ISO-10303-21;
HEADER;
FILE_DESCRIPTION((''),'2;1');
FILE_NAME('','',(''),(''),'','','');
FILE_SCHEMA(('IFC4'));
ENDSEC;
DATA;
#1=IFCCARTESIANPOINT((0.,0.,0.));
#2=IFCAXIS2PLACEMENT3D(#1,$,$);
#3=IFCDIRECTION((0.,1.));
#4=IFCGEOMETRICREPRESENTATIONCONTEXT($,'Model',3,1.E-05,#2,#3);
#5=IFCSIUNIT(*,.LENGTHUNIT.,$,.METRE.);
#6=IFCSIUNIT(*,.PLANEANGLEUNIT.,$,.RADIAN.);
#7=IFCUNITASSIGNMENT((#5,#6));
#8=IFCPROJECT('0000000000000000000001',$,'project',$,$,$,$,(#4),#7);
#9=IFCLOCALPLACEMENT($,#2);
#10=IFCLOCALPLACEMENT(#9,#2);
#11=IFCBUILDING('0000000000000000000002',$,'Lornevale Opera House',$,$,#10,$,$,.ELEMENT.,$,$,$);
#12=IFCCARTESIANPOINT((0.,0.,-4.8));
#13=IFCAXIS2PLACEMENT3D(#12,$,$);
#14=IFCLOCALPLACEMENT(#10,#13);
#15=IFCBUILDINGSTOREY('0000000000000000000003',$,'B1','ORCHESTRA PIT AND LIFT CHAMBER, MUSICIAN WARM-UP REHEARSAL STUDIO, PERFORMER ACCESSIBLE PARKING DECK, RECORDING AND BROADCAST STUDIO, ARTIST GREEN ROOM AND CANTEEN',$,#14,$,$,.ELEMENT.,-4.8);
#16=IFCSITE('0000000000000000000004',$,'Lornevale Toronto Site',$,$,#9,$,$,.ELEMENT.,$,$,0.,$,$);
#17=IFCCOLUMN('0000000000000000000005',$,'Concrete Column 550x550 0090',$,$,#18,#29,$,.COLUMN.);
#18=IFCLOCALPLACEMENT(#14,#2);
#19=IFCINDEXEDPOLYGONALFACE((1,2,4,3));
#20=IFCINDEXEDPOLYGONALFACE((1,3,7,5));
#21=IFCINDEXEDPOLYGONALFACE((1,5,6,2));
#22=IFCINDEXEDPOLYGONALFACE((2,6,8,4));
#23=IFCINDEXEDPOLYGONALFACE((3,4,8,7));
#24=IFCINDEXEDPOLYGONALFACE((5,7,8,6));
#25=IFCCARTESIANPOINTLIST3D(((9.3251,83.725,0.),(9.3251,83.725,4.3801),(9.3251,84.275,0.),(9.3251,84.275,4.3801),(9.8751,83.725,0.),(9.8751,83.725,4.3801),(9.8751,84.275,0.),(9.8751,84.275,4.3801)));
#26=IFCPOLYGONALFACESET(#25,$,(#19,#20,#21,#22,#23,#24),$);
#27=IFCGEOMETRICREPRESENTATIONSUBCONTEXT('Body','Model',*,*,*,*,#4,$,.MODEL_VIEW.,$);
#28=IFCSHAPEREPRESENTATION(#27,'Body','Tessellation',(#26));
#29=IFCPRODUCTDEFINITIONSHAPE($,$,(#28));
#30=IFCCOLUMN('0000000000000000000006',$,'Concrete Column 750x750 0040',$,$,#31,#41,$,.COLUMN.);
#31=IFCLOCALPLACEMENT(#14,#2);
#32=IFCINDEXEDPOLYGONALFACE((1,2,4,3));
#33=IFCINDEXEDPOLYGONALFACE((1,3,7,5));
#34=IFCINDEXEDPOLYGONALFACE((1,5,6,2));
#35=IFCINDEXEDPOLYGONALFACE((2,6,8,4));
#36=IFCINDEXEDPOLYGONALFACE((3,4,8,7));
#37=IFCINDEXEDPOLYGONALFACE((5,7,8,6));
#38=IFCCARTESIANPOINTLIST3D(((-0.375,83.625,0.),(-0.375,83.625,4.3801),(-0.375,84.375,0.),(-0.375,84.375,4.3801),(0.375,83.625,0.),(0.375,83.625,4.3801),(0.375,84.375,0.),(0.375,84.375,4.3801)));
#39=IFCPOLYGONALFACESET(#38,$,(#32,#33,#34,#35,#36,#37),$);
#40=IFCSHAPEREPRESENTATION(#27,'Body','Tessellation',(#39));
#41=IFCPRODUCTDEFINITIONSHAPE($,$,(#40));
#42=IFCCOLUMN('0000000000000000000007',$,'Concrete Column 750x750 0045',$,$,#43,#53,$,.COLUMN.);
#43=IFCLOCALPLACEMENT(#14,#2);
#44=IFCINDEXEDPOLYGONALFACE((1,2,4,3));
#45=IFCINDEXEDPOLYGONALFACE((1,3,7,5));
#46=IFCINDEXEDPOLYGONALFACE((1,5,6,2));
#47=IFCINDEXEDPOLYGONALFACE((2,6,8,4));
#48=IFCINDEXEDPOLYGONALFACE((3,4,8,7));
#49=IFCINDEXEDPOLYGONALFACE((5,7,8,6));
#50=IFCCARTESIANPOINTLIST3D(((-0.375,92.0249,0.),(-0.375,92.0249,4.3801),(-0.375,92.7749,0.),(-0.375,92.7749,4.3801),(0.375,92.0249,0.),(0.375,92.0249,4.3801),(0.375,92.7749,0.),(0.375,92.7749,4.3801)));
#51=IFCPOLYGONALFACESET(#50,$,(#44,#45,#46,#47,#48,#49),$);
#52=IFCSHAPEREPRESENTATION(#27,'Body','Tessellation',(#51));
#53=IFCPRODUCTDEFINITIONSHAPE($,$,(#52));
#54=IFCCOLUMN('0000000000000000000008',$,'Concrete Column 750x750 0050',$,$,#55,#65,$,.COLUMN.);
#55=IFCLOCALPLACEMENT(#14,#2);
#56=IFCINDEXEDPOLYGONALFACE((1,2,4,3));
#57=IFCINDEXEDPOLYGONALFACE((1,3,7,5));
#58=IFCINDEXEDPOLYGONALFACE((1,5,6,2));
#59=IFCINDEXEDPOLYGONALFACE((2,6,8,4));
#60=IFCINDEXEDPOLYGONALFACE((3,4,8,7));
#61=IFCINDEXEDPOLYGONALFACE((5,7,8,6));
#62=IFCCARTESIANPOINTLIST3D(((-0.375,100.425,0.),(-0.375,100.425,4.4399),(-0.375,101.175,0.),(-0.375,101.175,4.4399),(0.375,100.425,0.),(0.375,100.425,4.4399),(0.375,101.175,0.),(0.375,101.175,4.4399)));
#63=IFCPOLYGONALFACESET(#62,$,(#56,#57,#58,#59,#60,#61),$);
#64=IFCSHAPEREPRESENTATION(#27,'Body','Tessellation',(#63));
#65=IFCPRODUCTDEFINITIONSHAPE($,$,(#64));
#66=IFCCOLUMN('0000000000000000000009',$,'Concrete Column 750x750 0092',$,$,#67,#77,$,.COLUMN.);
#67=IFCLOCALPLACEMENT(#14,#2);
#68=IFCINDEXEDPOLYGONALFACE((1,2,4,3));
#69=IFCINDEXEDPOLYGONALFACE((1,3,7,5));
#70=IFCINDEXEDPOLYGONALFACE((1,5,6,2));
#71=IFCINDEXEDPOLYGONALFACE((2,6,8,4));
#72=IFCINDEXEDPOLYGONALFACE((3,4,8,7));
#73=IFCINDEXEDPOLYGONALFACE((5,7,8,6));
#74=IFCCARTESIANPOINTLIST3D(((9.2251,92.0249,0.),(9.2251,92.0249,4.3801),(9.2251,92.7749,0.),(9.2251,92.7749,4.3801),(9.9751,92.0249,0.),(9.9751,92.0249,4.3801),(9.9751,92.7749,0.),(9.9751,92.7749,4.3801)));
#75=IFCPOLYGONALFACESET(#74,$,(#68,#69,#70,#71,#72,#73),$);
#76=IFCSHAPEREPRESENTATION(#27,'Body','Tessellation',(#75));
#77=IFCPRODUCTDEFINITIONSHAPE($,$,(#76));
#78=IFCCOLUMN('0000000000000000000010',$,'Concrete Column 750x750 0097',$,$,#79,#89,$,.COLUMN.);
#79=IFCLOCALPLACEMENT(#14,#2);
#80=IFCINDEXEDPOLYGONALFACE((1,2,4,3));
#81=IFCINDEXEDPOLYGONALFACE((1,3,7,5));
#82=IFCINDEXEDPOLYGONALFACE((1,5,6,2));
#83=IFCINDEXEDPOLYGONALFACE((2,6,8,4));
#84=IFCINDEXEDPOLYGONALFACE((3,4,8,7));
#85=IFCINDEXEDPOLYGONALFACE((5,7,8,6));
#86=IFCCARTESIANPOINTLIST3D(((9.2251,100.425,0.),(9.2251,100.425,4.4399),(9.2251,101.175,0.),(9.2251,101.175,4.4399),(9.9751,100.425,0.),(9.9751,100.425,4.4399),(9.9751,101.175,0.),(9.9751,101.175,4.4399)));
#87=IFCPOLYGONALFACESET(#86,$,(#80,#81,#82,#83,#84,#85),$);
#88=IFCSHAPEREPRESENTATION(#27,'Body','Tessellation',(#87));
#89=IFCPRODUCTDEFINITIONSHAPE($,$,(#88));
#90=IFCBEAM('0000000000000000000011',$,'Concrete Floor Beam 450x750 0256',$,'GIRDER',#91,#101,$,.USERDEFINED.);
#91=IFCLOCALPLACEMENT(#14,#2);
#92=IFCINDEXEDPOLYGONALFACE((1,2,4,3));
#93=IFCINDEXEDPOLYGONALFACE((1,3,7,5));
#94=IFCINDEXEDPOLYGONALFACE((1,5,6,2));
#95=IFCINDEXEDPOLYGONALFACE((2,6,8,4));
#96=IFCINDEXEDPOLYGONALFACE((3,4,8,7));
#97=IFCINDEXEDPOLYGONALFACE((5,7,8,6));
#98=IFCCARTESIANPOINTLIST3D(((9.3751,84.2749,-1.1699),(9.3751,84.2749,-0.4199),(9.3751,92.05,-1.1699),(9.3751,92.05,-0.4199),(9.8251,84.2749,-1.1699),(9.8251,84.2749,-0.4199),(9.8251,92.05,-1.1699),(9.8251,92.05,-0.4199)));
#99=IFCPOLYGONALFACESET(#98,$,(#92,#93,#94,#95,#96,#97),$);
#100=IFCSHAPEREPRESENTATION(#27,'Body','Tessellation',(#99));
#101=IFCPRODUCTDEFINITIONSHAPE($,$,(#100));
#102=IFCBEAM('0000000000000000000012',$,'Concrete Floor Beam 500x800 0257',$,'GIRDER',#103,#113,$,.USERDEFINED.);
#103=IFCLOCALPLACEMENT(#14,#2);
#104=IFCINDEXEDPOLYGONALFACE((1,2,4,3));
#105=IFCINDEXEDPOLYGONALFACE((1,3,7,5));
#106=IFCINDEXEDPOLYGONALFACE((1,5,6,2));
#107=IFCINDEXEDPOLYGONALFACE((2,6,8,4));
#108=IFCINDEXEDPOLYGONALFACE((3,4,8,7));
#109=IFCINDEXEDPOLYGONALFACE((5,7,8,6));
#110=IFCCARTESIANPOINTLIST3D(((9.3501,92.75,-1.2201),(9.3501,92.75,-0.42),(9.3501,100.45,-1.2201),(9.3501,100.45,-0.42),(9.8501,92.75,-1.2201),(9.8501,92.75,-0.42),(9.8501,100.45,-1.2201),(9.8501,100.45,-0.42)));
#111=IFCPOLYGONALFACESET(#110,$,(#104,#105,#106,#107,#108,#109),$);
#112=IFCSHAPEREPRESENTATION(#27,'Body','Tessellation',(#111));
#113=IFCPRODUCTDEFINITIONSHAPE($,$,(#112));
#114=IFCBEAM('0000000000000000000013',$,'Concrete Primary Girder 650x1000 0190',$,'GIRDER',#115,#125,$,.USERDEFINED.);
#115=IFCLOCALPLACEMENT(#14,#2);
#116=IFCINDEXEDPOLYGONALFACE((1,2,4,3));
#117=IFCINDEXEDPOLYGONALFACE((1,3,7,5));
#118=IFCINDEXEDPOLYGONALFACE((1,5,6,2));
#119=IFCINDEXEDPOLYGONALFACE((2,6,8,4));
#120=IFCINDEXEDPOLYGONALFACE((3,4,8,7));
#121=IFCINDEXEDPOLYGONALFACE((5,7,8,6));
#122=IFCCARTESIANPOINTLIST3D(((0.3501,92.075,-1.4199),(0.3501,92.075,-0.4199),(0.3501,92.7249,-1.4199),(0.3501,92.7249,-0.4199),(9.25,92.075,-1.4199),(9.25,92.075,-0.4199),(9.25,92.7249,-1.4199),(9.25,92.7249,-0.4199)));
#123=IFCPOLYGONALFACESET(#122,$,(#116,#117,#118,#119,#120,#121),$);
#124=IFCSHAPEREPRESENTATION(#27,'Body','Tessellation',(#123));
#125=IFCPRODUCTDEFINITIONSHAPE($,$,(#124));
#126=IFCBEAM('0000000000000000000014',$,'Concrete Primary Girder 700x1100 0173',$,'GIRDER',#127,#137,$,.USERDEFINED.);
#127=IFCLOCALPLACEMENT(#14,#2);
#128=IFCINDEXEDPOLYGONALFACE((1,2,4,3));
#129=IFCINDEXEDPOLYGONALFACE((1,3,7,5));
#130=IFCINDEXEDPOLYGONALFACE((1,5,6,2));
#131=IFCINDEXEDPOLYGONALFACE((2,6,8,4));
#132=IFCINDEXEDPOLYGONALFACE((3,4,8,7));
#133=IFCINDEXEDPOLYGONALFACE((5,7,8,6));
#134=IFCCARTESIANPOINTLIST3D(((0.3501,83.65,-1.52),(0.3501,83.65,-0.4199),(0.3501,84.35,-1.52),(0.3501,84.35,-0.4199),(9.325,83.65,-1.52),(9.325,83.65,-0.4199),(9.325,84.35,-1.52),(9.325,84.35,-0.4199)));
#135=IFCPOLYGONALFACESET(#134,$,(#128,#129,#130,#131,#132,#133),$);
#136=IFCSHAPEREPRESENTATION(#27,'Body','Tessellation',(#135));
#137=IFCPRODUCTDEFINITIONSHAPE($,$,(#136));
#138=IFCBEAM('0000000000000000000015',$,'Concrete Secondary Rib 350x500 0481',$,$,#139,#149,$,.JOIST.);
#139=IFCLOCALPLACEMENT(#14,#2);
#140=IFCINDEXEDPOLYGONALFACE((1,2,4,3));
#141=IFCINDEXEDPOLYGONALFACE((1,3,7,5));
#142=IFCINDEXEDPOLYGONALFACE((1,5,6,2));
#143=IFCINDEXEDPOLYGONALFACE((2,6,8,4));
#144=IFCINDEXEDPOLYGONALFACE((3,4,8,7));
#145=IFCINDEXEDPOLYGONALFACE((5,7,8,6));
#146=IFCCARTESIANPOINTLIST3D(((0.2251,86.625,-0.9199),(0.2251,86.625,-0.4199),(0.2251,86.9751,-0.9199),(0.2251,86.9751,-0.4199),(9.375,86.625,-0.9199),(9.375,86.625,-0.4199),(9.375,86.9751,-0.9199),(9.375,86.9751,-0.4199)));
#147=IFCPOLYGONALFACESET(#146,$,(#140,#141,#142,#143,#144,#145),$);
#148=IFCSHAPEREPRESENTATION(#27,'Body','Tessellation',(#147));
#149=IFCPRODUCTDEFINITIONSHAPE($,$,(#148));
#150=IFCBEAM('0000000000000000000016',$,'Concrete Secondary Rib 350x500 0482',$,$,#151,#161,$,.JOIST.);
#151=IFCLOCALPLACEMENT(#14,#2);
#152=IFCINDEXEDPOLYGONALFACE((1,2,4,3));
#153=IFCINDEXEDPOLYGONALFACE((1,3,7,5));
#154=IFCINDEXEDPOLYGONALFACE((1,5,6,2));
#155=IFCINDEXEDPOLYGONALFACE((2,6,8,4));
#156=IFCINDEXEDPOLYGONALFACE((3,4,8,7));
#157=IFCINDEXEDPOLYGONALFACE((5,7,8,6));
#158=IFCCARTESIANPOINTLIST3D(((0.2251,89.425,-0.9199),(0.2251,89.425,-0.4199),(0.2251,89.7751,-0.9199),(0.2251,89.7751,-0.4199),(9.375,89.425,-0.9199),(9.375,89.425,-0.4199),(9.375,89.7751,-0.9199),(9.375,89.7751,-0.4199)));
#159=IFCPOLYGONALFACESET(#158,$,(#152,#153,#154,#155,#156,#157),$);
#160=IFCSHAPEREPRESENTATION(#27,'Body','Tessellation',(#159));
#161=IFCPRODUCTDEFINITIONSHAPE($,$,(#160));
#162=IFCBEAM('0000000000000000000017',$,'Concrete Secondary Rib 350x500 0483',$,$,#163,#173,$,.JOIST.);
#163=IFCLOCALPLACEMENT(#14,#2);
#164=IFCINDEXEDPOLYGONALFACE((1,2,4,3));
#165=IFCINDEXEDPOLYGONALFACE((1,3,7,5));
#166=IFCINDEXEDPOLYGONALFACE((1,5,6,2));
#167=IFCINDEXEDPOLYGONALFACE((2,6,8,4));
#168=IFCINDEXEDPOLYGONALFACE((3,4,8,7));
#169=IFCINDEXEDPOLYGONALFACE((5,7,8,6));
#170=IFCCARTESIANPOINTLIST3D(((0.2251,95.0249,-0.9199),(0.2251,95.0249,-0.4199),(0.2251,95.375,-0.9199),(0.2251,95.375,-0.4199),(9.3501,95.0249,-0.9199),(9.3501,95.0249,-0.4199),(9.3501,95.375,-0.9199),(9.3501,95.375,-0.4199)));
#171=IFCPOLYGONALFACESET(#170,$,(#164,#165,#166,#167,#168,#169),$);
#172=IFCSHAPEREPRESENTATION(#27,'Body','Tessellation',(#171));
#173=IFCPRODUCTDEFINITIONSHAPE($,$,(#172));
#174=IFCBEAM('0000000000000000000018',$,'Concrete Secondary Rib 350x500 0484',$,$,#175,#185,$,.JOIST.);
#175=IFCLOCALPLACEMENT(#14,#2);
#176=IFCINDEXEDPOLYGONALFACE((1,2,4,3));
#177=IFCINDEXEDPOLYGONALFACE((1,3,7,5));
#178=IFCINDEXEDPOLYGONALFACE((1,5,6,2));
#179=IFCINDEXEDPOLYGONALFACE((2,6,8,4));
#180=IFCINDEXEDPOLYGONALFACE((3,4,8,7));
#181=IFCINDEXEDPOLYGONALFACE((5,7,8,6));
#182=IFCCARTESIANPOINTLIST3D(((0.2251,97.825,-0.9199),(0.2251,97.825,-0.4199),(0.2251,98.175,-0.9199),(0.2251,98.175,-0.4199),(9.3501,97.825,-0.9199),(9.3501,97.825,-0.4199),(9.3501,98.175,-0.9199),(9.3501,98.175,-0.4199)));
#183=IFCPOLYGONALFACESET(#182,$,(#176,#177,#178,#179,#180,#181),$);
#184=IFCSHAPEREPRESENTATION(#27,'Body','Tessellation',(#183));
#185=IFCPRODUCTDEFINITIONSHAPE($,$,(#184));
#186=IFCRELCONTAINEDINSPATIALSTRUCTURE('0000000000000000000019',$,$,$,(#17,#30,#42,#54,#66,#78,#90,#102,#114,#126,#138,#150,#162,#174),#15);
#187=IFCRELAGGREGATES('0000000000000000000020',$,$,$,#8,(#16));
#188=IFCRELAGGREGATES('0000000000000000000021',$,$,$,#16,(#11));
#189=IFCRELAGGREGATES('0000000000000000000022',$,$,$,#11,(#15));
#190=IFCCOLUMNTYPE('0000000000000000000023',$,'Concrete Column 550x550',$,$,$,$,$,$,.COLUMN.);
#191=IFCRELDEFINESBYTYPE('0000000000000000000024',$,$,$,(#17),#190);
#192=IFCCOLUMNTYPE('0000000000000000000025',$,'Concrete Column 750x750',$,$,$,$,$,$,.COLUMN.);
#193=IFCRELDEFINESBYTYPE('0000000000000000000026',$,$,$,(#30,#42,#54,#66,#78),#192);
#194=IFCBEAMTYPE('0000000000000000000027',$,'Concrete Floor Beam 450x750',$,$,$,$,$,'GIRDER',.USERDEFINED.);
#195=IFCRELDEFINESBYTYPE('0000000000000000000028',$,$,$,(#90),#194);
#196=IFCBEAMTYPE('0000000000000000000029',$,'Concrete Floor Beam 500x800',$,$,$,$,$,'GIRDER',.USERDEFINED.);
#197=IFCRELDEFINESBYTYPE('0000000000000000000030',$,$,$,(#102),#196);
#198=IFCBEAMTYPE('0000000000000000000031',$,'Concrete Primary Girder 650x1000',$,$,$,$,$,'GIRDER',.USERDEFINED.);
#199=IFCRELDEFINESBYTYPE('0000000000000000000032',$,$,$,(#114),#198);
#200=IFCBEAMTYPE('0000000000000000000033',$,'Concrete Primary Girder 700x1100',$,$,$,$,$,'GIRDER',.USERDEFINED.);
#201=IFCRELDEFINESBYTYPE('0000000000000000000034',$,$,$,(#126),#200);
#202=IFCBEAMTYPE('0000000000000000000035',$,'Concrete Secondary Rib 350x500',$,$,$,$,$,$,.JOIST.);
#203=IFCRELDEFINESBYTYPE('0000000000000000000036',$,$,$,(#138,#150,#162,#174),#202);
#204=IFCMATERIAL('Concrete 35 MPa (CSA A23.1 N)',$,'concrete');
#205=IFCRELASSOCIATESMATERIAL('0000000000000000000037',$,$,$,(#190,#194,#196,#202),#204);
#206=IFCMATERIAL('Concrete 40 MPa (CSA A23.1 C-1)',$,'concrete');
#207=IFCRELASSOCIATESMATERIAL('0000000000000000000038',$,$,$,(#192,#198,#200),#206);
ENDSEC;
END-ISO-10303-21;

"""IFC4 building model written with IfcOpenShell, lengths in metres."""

from ifc_helpers import new_model, si_unit, direction, frame, origin, origin_2d, place, context, subcontext, project, spatial, rectangle, extrude, material, material_profile, profile_set, type_object, element, save


model = new_model("IFC4")

# Units and contexts
model_context = context("Model", 3, precision=1e-05, world=origin(), true_north=direction((0.0, 1.0)))
body_context = subcontext(model_context, "Body", "Model", "MODEL_VIEW")
ifc_project = project(units=[si_unit("LENGTHUNIT", "METRE"), si_unit("PLANEANGLEUNIT", "RADIAN")], contexts=[model_context])

# Site, building, storey
site_placement = place(None, origin())
site = spatial("IfcSite", under=ifc_project, at=site_placement, Name="Lornevale Toronto Site", CompositionType="ELEMENT", RefElevation=0.0)
building_placement = place(site_placement, origin())
building = spatial("IfcBuilding", under=site, at=building_placement, Name="Lornevale Opera House", CompositionType="ELEMENT")
storey_placement = place(building_placement, frame((0.0, 0.0, -4.8)))
storey = spatial("IfcBuildingStorey", under=building, at=storey_placement, Name="B1", Description="ORCHESTRA PIT AND LIFT CHAMBER, MUSICIAN WARM-UP REHEARSAL STUDIO, PERFORMER ACCESSIBLE PARKING DECK, RECORDING AND BROADCAST STUDIO, ARTIST GREEN ROOM AND CANTEEN", CompositionType="ELEMENT", Elevation=-4.8)

# Columns
ifc_material_1 = material(Name="Concrete 35 MPa (CSA A23.1 N)", Category="concrete")
ifc_material_profile_1 = material_profile(ifc_material_1, rectangle(XDim=0.55, YDim=0.55, at=origin_2d()), Name="RC550x550")
ifc_profile_set_1 = profile_set([ifc_material_profile_1], Name="Concrete 35 MPa (CSA A23.1 N)")
column_type_1 = type_object("IfcColumnType", Name="Concrete Column 550x550", PredefinedType="COLUMN", material=ifc_profile_set_1)
column_1_placement = place(storey_placement, frame((9.6001, 84.0, 0.0), z_axis=(0.0, 0.0, 1.0), x_axis=(1.0, 0.0, 0.0)))
element("IfcColumn", 1, at=column_1_placement, inside=storey, type_object=column_type_1, Name="Concrete Column 550x550 0090", PredefinedType="COLUMN", context=body_context, shape_type="SweptSolid", body=[
    extrude(rectangle(XDim=0.55, YDim=0.55, at=origin_2d()), origin(), (0.0, 0.0, 1.0), 4.3801),
])
ifc_material_2 = material(Name="Concrete 40 MPa (CSA A23.1 C-1)", Category="concrete")
ifc_material_profile_2 = material_profile(ifc_material_2, rectangle(XDim=0.75, YDim=0.75, at=origin_2d()), Name="RC750x750")
ifc_profile_set_2 = profile_set([ifc_material_profile_2], Name="Concrete 40 MPa (CSA A23.1 C-1)")
column_type_2 = type_object("IfcColumnType", Name="Concrete Column 750x750", PredefinedType="COLUMN", material=ifc_profile_set_2)
for number, where, z_axis, x_axis, name in (
    (2, (0.0, 84.0, 0.0), (0.0, 0.0, 1.0), (1.0, 0.0, 0.0), "Concrete Column 750x750 0040"),
    (3, (0.0, 92.3999, 0.0), (0.0, 0.0, 1.0), (1.0, 0.0, 0.0), "Concrete Column 750x750 0045"),
):
    element("IfcColumn", number, at=place(storey_placement, frame(where, z_axis=z_axis, x_axis=x_axis)), inside=storey, type_object=column_type_2, Name=name, PredefinedType="COLUMN", context=body_context, shape_type="SweptSolid", body=[
        extrude(rectangle(XDim=0.75, YDim=0.75, at=origin_2d()), origin(), (0.0, 0.0, 1.0), 4.3801),
    ])
column_2_placement = place(storey_placement, frame((0.0, 100.8, 0.0), z_axis=(0.0, 0.0, 1.0), x_axis=(1.0, 0.0, 0.0)))
element("IfcColumn", 4, at=column_2_placement, inside=storey, type_object=column_type_2, Name="Concrete Column 750x750 0050", PredefinedType="COLUMN", context=body_context, shape_type="SweptSolid", body=[
    extrude(rectangle(XDim=0.75, YDim=0.75, at=origin_2d()), origin(), (0.0, 0.0, 1.0), 4.4399),
])
column_3_placement = place(storey_placement, frame((9.6001, 92.3999, 0.0), z_axis=(0.0, 0.0, 1.0), x_axis=(1.0, 0.0, 0.0)))
element("IfcColumn", 5, at=column_3_placement, inside=storey, type_object=column_type_2, Name="Concrete Column 750x750 0092", PredefinedType="COLUMN", context=body_context, shape_type="SweptSolid", body=[
    extrude(rectangle(XDim=0.75, YDim=0.75, at=origin_2d()), origin(), (0.0, 0.0, 1.0), 4.3801),
])
column_4_placement = place(storey_placement, frame((9.6001, 100.8, 0.0), z_axis=(0.0, 0.0, 1.0), x_axis=(1.0, 0.0, 0.0)))
element("IfcColumn", 6, at=column_4_placement, inside=storey, type_object=column_type_2, Name="Concrete Column 750x750 0097", PredefinedType="COLUMN", context=body_context, shape_type="SweptSolid", body=[
    extrude(rectangle(XDim=0.75, YDim=0.75, at=origin_2d()), origin(), (0.0, 0.0, 1.0), 4.4399),
])

# Beams
ifc_material_profile_3 = material_profile(ifc_material_1, rectangle(XDim=0.45, YDim=0.75, at=origin_2d()), Name="RC450x750")
ifc_profile_set_3 = profile_set([ifc_material_profile_3], Name="Concrete 35 MPa (CSA A23.1 N)")
beam_type_1 = type_object("IfcBeamType", Name="Concrete Floor Beam 450x750", ElementType="GIRDER", PredefinedType="USERDEFINED", material=ifc_profile_set_3)
beam_1_placement = place(storey_placement, frame((9.6001, 84.2749, -0.7949), z_axis=(0.0, 1.0, 0.0), x_axis=(-1.0, 0.0, 0.0)))
element("IfcBeam", 7, at=beam_1_placement, inside=storey, type_object=beam_type_1, Name="Concrete Floor Beam 450x750 0256", ObjectType="GIRDER", PredefinedType="USERDEFINED", context=body_context, shape_type="SweptSolid", body=[
    extrude(rectangle(XDim=0.45, YDim=0.75, at=origin_2d()), origin(), (0.0, 0.0, 1.0), 7.7751),
])
ifc_material_profile_4 = material_profile(ifc_material_1, rectangle(XDim=0.5, YDim=0.8, at=origin_2d()), Name="RC500x800")
ifc_profile_set_4 = profile_set([ifc_material_profile_4], Name="Concrete 35 MPa (CSA A23.1 N)")
beam_type_2 = type_object("IfcBeamType", Name="Concrete Floor Beam 500x800", ElementType="GIRDER", PredefinedType="USERDEFINED", material=ifc_profile_set_4)
beam_2_placement = place(storey_placement, frame((9.6001, 92.75, -0.8201), z_axis=(0.0, 1.0, 0.0), x_axis=(-1.0, 0.0, 0.0)))
element("IfcBeam", 8, at=beam_2_placement, inside=storey, type_object=beam_type_2, Name="Concrete Floor Beam 500x800 0257", ObjectType="GIRDER", PredefinedType="USERDEFINED", context=body_context, shape_type="SweptSolid", body=[
    extrude(rectangle(XDim=0.5, YDim=0.8, at=origin_2d()), origin(), (0.0, 0.0, 1.0), 7.7),
])
ifc_material_profile_5 = material_profile(ifc_material_2, rectangle(XDim=0.6499, YDim=1.0, at=origin_2d()), Name="RC650x1000")
ifc_profile_set_5 = profile_set([ifc_material_profile_5], Name="Concrete 40 MPa (CSA A23.1 C-1)")
beam_type_3 = type_object("IfcBeamType", Name="Concrete Primary Girder 650x1000", ElementType="GIRDER", PredefinedType="USERDEFINED", material=ifc_profile_set_5)
beam_3_placement = place(storey_placement, frame((0.3501, 92.3999, -0.9199), z_axis=(1.0, 0.0, 0.0), x_axis=(0.0, 1.0, 0.0)))
element("IfcBeam", 9, at=beam_3_placement, inside=storey, type_object=beam_type_3, Name="Concrete Primary Girder 650x1000 0190", ObjectType="GIRDER", PredefinedType="USERDEFINED", context=body_context, shape_type="SweptSolid", body=[
    extrude(rectangle(XDim=0.6499, YDim=1.0, at=origin_2d()), origin(), (0.0, 0.0, 1.0), 8.8999),
])
ifc_material_profile_6 = material_profile(ifc_material_2, rectangle(XDim=0.7, YDim=1.1001, at=origin_2d()), Name="RC700x1100")
ifc_profile_set_6 = profile_set([ifc_material_profile_6], Name="Concrete 40 MPa (CSA A23.1 C-1)")
beam_type_4 = type_object("IfcBeamType", Name="Concrete Primary Girder 700x1100", ElementType="GIRDER", PredefinedType="USERDEFINED", material=ifc_profile_set_6)
beam_4_placement = place(storey_placement, frame((0.3501, 84.0, -0.97), z_axis=(1.0, 0.0, 0.0), x_axis=(0.0, 1.0, 0.0)))
element("IfcBeam", 10, at=beam_4_placement, inside=storey, type_object=beam_type_4, Name="Concrete Primary Girder 700x1100 0173", ObjectType="GIRDER", PredefinedType="USERDEFINED", context=body_context, shape_type="SweptSolid", body=[
    extrude(rectangle(XDim=0.7, YDim=1.1001, at=origin_2d()), origin(), (0.0, 0.0, 1.0), 8.9749),
])
ifc_material_profile_7 = material_profile(ifc_material_1, rectangle(XDim=0.3501, YDim=0.5, at=origin_2d()), Name="RC350x500")
ifc_profile_set_7 = profile_set([ifc_material_profile_7], Name="Concrete 35 MPa (CSA A23.1 N)")
beam_type_5 = type_object("IfcBeamType", Name="Concrete Secondary Rib 350x500", PredefinedType="JOIST", material=ifc_profile_set_7)
for number, where, z_axis, x_axis, name in (
    (11, (0.2251, 86.8, -0.6699), (1.0, 0.0, 0.0), (0.0, 1.0, 0.0), "Concrete Secondary Rib 350x500 0481"),
    (12, (0.2251, 89.6001, -0.6699), (1.0, 0.0, 0.0), (0.0, 1.0, 0.0), "Concrete Secondary Rib 350x500 0482"),
):
    element("IfcBeam", number, at=place(storey_placement, frame(where, z_axis=z_axis, x_axis=x_axis)), inside=storey, type_object=beam_type_5, Name=name, PredefinedType="JOIST", context=body_context, shape_type="SweptSolid", body=[
        extrude(rectangle(XDim=0.3501, YDim=0.5, at=origin_2d()), origin(), (0.0, 0.0, 1.0), 9.1499),
    ])
for number, where, z_axis, x_axis, name in (
    (13, (0.2251, 95.2, -0.6699), (1.0, 0.0, 0.0), (0.0, 1.0, 0.0), "Concrete Secondary Rib 350x500 0483"),
    (14, (0.2251, 98.0, -0.6699), (1.0, 0.0, 0.0), (0.0, 1.0, 0.0), "Concrete Secondary Rib 350x500 0484"),
):
    element("IfcBeam", number, at=place(storey_placement, frame(where, z_axis=z_axis, x_axis=x_axis)), inside=storey, type_object=beam_type_5, Name=name, PredefinedType="JOIST", context=body_context, shape_type="SweptSolid", body=[
        extrude(rectangle(XDim=0.3501, YDim=0.5, at=origin_2d()), origin(), (0.0, 0.0, 1.0), 9.125),
    ])

save(model, "model.ifc")
